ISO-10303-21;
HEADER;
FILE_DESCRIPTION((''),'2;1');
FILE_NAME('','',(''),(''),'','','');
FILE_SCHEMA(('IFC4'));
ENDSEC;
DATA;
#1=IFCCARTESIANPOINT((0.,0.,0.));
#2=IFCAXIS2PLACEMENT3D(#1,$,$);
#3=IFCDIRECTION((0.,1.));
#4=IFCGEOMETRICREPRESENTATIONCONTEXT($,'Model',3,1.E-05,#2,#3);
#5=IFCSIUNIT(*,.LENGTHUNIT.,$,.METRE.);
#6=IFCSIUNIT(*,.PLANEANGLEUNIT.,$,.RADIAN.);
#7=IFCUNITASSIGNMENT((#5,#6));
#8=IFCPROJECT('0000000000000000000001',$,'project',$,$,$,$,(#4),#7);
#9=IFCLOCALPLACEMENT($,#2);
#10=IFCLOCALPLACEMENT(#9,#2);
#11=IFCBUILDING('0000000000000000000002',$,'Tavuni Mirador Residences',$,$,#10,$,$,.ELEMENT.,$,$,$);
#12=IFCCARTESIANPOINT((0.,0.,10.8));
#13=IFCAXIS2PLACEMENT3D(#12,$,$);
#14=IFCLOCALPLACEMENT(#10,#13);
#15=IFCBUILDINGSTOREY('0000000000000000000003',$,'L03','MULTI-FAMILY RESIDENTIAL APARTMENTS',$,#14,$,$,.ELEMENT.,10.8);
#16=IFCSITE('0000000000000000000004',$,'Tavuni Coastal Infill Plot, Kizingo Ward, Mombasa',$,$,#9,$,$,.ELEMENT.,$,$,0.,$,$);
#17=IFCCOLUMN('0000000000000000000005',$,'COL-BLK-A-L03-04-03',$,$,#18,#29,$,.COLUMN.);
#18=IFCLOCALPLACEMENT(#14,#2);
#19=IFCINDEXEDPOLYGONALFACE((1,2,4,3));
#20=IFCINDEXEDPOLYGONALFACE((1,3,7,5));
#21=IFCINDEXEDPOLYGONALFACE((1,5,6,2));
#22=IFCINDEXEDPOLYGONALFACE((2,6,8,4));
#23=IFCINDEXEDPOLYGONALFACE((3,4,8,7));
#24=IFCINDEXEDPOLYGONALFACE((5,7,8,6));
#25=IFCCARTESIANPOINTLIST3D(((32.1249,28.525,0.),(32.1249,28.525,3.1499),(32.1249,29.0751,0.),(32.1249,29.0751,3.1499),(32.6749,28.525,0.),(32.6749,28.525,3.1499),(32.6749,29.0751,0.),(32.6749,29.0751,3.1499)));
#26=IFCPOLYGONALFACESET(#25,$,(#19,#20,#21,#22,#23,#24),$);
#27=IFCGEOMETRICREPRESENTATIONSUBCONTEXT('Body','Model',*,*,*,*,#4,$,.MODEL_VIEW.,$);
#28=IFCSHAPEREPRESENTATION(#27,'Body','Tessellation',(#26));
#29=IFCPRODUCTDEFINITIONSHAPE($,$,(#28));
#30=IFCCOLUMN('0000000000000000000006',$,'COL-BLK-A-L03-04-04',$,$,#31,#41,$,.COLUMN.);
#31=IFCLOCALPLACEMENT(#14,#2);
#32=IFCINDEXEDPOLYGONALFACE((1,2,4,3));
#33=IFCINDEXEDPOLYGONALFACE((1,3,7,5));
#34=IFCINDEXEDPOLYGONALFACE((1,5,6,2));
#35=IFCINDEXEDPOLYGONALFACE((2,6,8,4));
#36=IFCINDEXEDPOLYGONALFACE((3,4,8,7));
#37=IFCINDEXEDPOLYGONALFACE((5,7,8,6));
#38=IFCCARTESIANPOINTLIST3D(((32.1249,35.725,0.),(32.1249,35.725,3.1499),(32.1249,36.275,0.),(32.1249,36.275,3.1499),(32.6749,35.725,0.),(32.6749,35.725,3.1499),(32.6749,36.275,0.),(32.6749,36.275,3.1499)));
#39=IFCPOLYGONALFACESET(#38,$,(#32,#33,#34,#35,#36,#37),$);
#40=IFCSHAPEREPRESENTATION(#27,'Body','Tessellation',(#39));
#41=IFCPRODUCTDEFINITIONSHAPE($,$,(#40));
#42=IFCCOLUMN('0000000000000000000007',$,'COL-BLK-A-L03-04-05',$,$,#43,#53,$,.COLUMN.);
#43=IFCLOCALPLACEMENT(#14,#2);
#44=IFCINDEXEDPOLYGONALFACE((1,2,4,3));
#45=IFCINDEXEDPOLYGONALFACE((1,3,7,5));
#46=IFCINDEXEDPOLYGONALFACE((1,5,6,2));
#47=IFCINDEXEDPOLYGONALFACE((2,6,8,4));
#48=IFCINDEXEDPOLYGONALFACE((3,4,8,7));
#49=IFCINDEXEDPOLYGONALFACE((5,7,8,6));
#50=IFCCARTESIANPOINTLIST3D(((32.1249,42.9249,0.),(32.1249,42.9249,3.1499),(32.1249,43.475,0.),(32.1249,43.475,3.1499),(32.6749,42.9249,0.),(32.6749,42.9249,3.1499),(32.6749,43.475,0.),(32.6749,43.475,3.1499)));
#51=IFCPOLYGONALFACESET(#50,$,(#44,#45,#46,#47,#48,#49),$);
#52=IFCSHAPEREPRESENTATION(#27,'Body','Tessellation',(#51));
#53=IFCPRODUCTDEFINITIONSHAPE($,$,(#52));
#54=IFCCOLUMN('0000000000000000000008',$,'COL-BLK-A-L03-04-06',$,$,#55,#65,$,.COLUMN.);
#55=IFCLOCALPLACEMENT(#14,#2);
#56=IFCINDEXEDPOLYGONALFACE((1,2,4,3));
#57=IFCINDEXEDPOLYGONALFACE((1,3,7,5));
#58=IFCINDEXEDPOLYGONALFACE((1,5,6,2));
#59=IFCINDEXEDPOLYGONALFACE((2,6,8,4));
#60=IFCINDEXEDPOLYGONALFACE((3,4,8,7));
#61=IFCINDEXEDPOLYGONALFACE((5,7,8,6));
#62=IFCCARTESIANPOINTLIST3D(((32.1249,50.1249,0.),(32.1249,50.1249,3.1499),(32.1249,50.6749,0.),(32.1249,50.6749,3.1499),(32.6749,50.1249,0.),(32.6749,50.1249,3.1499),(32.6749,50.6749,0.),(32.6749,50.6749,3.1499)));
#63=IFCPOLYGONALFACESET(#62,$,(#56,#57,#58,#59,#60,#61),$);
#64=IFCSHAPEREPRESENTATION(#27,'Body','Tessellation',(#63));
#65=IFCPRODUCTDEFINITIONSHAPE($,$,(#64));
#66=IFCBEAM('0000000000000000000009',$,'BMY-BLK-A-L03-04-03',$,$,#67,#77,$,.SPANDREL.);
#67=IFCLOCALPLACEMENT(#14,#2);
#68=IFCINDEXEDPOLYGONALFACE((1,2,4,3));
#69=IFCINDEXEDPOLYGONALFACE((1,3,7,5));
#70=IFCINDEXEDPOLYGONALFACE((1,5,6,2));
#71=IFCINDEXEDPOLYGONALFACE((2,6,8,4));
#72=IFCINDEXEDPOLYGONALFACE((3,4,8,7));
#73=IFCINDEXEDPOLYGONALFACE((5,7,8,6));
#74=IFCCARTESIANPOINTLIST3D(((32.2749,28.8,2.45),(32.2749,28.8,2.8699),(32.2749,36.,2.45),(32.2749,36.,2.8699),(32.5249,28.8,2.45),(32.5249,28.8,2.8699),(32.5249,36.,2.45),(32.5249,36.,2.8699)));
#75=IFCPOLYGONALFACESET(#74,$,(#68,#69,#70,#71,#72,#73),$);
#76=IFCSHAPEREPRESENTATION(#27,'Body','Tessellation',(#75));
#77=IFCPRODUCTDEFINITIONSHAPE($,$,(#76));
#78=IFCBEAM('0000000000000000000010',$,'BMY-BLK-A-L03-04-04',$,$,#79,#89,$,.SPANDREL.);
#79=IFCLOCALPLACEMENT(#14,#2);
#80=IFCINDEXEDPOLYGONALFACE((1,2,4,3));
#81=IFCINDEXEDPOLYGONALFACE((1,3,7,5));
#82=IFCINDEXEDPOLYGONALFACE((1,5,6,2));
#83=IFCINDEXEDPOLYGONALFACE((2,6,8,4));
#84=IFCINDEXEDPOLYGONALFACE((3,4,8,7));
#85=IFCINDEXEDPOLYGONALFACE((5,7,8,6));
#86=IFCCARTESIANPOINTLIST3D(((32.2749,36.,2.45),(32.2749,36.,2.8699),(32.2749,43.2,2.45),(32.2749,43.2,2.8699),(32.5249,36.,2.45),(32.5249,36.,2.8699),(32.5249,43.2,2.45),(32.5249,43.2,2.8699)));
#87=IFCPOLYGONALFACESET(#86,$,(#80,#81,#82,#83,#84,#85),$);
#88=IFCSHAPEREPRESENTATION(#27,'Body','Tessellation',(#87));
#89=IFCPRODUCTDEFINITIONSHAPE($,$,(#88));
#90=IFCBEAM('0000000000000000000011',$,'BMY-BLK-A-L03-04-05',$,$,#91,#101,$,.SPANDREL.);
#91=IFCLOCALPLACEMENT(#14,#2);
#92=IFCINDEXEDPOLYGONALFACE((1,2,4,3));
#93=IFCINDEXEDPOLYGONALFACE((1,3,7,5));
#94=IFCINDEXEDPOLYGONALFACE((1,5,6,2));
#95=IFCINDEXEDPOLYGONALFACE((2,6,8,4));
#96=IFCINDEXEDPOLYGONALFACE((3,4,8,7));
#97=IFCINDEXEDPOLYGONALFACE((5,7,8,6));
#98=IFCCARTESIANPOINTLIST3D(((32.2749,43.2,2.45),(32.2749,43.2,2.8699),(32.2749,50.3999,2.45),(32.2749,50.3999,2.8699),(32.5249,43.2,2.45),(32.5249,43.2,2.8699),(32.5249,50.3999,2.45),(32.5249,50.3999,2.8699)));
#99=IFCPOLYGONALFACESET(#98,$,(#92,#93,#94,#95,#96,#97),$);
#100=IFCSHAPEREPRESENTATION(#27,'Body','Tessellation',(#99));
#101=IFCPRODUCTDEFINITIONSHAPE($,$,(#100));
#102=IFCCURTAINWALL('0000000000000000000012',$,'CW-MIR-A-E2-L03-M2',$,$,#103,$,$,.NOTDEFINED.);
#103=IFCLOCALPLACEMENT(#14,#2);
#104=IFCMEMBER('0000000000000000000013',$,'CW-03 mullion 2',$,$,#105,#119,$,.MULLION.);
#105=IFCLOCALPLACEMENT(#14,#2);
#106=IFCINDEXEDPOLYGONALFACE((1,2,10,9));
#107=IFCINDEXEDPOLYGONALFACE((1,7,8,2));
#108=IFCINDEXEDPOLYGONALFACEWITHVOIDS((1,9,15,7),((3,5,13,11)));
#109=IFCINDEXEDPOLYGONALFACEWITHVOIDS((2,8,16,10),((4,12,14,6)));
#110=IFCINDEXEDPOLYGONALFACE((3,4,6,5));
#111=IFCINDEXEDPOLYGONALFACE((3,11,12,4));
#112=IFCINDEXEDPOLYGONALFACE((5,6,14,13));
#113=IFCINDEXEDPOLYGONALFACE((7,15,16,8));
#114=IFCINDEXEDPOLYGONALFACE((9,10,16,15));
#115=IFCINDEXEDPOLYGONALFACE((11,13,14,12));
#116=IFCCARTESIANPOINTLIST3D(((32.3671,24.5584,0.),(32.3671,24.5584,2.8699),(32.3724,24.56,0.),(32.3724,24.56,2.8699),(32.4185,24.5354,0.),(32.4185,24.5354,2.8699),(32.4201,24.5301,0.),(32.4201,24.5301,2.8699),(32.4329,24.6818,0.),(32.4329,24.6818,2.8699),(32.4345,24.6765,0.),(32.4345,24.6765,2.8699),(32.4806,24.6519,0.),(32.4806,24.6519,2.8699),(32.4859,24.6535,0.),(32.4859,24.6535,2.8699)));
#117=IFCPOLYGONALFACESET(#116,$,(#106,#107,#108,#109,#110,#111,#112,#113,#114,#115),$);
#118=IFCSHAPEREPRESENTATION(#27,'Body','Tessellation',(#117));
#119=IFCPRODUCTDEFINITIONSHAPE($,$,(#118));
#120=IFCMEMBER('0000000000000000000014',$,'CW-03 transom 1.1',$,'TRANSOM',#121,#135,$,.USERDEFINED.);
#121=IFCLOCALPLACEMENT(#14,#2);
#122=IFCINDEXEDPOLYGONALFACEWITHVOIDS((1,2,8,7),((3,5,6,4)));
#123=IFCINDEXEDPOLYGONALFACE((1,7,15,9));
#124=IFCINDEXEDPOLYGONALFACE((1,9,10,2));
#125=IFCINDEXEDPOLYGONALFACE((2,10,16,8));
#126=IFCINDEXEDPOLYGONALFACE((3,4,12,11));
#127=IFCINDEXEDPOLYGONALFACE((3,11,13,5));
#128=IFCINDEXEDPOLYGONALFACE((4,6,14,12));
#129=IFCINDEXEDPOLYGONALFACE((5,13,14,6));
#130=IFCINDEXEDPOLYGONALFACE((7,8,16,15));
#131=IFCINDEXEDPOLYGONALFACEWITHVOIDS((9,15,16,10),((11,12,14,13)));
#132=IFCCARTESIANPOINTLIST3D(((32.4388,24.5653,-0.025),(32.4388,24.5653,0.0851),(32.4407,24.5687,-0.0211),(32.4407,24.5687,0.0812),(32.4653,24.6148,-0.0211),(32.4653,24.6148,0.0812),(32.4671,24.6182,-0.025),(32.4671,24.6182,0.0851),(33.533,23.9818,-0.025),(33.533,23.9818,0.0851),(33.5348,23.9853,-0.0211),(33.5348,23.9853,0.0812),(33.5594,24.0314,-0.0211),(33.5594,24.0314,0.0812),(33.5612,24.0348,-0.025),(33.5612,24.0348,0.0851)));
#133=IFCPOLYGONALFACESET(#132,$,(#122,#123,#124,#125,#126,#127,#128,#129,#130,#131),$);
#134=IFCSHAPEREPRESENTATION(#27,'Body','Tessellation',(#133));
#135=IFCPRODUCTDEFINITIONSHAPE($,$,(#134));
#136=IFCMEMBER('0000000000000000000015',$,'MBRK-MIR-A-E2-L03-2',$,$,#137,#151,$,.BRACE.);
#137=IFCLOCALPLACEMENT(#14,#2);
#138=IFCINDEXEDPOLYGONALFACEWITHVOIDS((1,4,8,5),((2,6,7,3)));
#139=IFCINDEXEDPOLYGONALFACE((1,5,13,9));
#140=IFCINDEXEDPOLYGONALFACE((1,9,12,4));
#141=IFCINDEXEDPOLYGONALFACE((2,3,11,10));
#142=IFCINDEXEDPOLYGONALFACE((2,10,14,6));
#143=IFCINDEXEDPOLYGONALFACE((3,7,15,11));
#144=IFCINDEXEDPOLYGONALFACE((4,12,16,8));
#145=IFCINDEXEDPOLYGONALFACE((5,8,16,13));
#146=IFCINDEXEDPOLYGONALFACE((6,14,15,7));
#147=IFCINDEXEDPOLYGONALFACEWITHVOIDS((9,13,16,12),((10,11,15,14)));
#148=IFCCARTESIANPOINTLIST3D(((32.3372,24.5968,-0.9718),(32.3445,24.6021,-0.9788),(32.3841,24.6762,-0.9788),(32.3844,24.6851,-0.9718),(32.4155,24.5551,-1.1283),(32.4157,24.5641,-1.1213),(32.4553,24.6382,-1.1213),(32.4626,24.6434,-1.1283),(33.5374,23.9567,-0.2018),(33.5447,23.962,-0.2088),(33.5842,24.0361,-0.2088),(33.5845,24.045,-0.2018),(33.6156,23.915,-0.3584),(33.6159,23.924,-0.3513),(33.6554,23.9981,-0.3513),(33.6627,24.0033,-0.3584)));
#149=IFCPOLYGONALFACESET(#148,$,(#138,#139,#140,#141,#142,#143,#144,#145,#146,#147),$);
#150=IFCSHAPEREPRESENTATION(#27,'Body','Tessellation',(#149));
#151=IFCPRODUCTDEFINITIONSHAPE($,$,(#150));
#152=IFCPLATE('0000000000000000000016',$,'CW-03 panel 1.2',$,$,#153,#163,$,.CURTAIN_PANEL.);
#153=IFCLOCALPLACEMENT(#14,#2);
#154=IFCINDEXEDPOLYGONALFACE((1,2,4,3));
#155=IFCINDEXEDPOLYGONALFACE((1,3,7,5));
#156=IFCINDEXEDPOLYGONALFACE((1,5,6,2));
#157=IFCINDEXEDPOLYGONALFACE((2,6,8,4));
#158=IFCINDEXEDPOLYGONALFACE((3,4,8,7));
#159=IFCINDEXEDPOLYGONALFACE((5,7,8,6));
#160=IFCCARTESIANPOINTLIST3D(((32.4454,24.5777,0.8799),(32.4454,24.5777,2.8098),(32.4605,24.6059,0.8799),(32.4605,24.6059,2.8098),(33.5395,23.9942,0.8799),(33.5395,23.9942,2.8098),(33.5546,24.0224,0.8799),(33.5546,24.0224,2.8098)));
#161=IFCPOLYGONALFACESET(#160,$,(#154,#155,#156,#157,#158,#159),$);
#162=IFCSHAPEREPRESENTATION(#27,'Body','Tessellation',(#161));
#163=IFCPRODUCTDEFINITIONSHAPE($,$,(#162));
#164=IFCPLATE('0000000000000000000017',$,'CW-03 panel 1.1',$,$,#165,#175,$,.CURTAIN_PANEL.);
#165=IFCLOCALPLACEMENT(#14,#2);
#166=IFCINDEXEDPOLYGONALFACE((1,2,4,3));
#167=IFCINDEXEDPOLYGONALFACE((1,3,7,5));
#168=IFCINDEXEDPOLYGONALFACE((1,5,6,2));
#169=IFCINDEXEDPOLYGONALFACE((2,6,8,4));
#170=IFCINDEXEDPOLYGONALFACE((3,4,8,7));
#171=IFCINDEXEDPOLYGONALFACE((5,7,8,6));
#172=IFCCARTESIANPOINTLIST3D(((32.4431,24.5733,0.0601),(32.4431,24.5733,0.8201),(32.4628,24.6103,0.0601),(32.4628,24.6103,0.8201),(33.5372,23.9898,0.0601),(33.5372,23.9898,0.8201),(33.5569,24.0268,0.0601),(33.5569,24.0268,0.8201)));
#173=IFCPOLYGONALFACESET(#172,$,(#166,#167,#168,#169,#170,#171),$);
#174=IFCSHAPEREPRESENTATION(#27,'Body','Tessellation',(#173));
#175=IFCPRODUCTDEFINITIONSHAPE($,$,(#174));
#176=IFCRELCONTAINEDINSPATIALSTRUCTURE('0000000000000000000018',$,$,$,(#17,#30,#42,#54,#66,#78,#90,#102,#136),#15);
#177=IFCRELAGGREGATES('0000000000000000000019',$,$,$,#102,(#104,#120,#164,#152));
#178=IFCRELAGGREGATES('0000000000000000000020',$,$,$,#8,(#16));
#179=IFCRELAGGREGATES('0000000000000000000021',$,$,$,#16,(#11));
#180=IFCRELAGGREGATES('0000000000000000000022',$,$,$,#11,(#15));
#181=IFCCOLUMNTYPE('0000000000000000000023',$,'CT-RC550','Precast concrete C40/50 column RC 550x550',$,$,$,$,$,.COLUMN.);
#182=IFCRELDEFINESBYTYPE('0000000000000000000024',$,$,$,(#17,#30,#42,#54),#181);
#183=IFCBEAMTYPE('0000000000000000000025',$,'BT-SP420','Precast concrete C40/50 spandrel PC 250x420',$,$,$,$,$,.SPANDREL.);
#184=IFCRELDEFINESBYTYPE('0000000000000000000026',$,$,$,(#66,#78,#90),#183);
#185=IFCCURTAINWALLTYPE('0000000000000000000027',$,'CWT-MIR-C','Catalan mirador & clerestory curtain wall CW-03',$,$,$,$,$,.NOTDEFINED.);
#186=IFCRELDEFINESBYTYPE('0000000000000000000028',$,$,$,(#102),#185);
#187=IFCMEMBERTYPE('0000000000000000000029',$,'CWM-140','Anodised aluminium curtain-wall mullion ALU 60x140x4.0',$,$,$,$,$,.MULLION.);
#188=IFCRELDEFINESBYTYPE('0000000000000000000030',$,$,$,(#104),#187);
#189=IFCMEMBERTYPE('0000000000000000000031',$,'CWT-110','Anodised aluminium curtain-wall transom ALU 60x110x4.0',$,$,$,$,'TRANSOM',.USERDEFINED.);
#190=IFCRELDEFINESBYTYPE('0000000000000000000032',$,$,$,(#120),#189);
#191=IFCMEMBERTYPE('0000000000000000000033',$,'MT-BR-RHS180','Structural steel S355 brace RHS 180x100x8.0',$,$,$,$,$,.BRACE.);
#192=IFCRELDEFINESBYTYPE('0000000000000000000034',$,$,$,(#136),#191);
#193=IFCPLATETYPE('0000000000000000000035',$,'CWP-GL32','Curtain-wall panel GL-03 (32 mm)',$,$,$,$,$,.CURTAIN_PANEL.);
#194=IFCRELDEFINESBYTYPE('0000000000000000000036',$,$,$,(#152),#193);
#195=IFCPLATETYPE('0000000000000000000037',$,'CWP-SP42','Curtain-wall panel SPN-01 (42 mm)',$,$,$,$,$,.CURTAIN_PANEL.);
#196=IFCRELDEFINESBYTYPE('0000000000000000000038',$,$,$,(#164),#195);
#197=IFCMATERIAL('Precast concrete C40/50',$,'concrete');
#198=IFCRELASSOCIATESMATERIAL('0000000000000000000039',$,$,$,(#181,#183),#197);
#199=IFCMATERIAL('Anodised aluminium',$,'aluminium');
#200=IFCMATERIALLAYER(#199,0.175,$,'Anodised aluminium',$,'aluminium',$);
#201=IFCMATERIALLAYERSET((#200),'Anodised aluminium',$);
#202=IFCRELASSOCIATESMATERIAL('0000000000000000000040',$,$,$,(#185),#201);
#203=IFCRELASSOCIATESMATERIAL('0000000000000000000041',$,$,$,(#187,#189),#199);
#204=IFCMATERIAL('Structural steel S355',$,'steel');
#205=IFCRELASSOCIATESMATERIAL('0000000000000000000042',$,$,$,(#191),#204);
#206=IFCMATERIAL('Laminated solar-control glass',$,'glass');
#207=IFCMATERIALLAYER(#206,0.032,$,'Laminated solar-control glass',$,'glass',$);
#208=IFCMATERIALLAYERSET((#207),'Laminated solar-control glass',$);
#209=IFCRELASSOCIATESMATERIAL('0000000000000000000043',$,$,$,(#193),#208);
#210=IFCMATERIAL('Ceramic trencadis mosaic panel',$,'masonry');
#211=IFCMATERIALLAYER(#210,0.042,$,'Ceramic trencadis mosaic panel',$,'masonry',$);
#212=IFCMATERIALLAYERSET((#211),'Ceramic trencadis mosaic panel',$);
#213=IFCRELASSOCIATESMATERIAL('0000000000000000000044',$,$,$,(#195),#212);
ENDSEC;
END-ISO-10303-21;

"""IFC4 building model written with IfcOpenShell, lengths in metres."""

from ifc_helpers import new_model, si_unit, direction, frame, origin, origin_2d, place, context, subcontext, project, spatial, rectangle, hollow_rectangle, extrude, material, layer, layer_set, material_profile, profile_set, type_object, element, aggregate, save


model = new_model("IFC4")

# Units and contexts
model_context = context("Model", 3, precision=1e-05, world=origin(), true_north=direction((0.0, 1.0)))
body_context = subcontext(model_context, "Body", "Model", "MODEL_VIEW")
ifc_project = project(units=[si_unit("LENGTHUNIT", "METRE"), si_unit("PLANEANGLEUNIT", "RADIAN")], contexts=[model_context])

# Site, building, storey
site_placement = place(None, origin())
site = spatial("IfcSite", under=ifc_project, at=site_placement, Name="Tavuni Coastal Infill Plot, Kizingo Ward, Mombasa", CompositionType="ELEMENT", RefElevation=0.0)
building_placement = place(site_placement, origin())
building = spatial("IfcBuilding", under=site, at=building_placement, Name="Tavuni Mirador Residences", CompositionType="ELEMENT")
storey_placement = place(building_placement, frame((0.0, 0.0, 10.8)))
storey = spatial("IfcBuildingStorey", under=building, at=storey_placement, Name="L03", Description="MULTI-FAMILY RESIDENTIAL APARTMENTS", CompositionType="ELEMENT", Elevation=10.8)

# Columns
ifc_material_1 = material(Name="Precast concrete C40/50", Category="concrete")
ifc_material_profile_1 = material_profile(ifc_material_1, rectangle(XDim=0.55, YDim=0.55, at=origin_2d()), Name="RC 550x550", Category="concrete")
ifc_profile_set_1 = profile_set([ifc_material_profile_1], Name="Precast concrete C40/50")
column_type = type_object("IfcColumnType", Name="CT-RC550", Description="Precast concrete C40/50 column RC 550x550", PredefinedType="COLUMN", material=ifc_profile_set_1)
for number, where, z_axis, x_axis, name in (
    (1, (32.3999, 28.8, 0.0), (0.0, 0.0, 1.0), (1.0, 0.0, 0.0), "COL-BLK-A-L03-04-03"),
    (2, (32.3999, 36.0, 0.0), (0.0, 0.0, 1.0), (1.0, 0.0, 0.0), "COL-BLK-A-L03-04-04"),
    (3, (32.3999, 43.2, 0.0), (0.0, 0.0, 1.0), (1.0, 0.0, 0.0), "COL-BLK-A-L03-04-05"),
    (4, (32.3999, 50.3999, 0.0), (0.0, 0.0, 1.0), (1.0, 0.0, 0.0), "COL-BLK-A-L03-04-06"),
):
    element("IfcColumn", number, at=place(storey_placement, frame(where, z_axis=z_axis, x_axis=x_axis)), inside=storey, type_object=column_type, Name=name, PredefinedType="COLUMN", context=body_context, shape_type="SweptSolid", body=[
        extrude(rectangle(XDim=0.55, YDim=0.55, at=origin_2d()), origin(), (0.0, 0.0, 1.0), 3.1499),
    ])

# Beams
ifc_material_profile_2 = material_profile(ifc_material_1, rectangle(XDim=0.25, YDim=0.4199, at=origin_2d()), Name="PC 250x420", Category="concrete")
ifc_profile_set_2 = profile_set([ifc_material_profile_2], Name="Precast concrete C40/50")
beam_type = type_object("IfcBeamType", Name="BT-SP420", Description="Precast concrete C40/50 spandrel PC 250x420", PredefinedType="SPANDREL", material=ifc_profile_set_2)
for number, where, z_axis, x_axis, name in (
    (5, (32.3999, 28.8, 2.6599), (0.0, 1.0, 0.0), (-1.0, 0.0, 0.0), "BMY-BLK-A-L03-04-03"),
    (6, (32.3999, 36.0, 2.6599), (0.0, 1.0, 0.0), (-1.0, 0.0, 0.0), "BMY-BLK-A-L03-04-04"),
    (7, (32.3999, 43.2, 2.6599), (0.0, 1.0, 0.0), (-1.0, 0.0, 0.0), "BMY-BLK-A-L03-04-05"),
):
    element("IfcBeam", number, at=place(storey_placement, frame(where, z_axis=z_axis, x_axis=x_axis)), inside=storey, type_object=beam_type, Name=name, PredefinedType="SPANDREL", context=body_context, shape_type="SweptSolid", body=[
        extrude(rectangle(XDim=0.25, YDim=0.4199, at=origin_2d()), origin(), (0.0, 0.0, 1.0), 7.2),
    ])

# Curtain wall, members
ifc_material_2 = material(Name="Anodised aluminium", Category="aluminium")
ifc_layer_1 = layer(ifc_material_2, 0.175, Name="Anodised aluminium", Category="aluminium")
ifc_layer_set_1 = layer_set([ifc_layer_1], Name="Anodised aluminium")
curtain_wall_type = type_object("IfcCurtainWallType", Name="CWT-MIR-C", Description="Catalan mirador & clerestory curtain wall CW-03", PredefinedType="NOTDEFINED", material=ifc_layer_set_1)
curtain_wall_placement = place(storey_placement, origin())
curtain_wall = element("IfcCurtainWall", 8, at=curtain_wall_placement, inside=storey, type_object=curtain_wall_type, Name="CW-MIR-A-E2-L03-M2", PredefinedType="NOTDEFINED")
ifc_material_profile_3 = material_profile(ifc_material_2, hollow_rectangle(XDim=0.0601, YDim=0.1399, WallThickness=0.0039, at=origin_2d()), Name="ALU 60x140x4.0", Category="aluminium")
ifc_profile_set_3 = profile_set([ifc_material_profile_3], Name="Anodised aluminium")
member_type_1 = type_object("IfcMemberType", Name="CWM-140", Description="Anodised aluminium curtain-wall mullion ALU 60x140x4.0", PredefinedType="MULLION", material=ifc_profile_set_3)
member_1_placement = place(storey_placement, frame((32.4265, 24.606, 0.0), z_axis=(0.0, 0.0, 1.0), x_axis=(-0.882353, 0.470588, 0.0)))
member_1 = element("IfcMember", 9, at=member_1_placement, type_object=member_type_1, Name="CW-03 mullion 2", PredefinedType="MULLION", context=body_context, shape_type="SweptSolid", body=[
    extrude(hollow_rectangle(XDim=0.0601, YDim=0.1399, WallThickness=0.0039, at=origin_2d()), origin(), (0.0, 0.0, 1.0), 2.8699),
])
ifc_material_profile_4 = material_profile(ifc_material_2, hollow_rectangle(XDim=0.0601, YDim=0.1101, WallThickness=0.0039, at=origin_2d()), Name="ALU 60x110x4.0", Category="aluminium")
ifc_profile_set_4 = profile_set([ifc_material_profile_4], Name="Anodised aluminium")
member_type_2 = type_object("IfcMemberType", Name="CWT-110", Description="Anodised aluminium curtain-wall transom ALU 60x110x4.0", ElementType="TRANSOM", PredefinedType="USERDEFINED", material=ifc_profile_set_4)
member_2_placement = place(storey_placement, frame((33.5471, 24.0083, 0.03), z_axis=(-0.882386, 0.470527, 0.0), x_axis=(-0.470527, -0.882386, 0.0)))
member_2 = element("IfcMember", 10, at=member_2_placement, type_object=member_type_2, Name="CW-03 transom 1.1", ObjectType="TRANSOM", PredefinedType="USERDEFINED", context=body_context, shape_type="SweptSolid", body=[
    extrude(hollow_rectangle(XDim=0.0601, YDim=0.1101, WallThickness=0.0039, at=origin_2d()), origin(), (0.0, 0.0, 1.0), 1.24),
])

# Member
ifc_material_3 = material(Name="Structural steel S355", Category="steel")
ifc_material_profile_5 = material_profile(ifc_material_3, hollow_rectangle(XDim=0.1001, YDim=0.1799, WallThickness=0.0081, at=origin_2d()), Name="RHS 180x100x8.0", Category="steel")
ifc_profile_set_5 = profile_set([ifc_material_profile_5], Name="Structural steel S355")
member_type_3 = type_object("IfcMemberType", Name="MT-BR-RHS180", Description="Structural steel S355 brace RHS 180x100x8.0", PredefinedType="BRACE", material=ifc_profile_set_5)
member_3_placement = place(storey_placement, frame((32.3999, 24.6201, -1.05), z_axis=(0.767847, -0.409539, 0.492634), x_axis=(0.470607, 0.882343, 0.0)))
element("IfcMember", 11, at=member_3_placement, inside=storey, type_object=member_type_3, Name="MBRK-MIR-A-E2-L03-2", PredefinedType="BRACE", context=body_context, shape_type="SweptSolid", body=[
    extrude(hollow_rectangle(XDim=0.1001, YDim=0.1799, WallThickness=0.0081, at=origin_2d()), origin(), (0.0, 0.0, 1.0), 1.563),
])

# Plates
ifc_material_4 = material(Name="Laminated solar-control glass", Category="glass")
ifc_layer_2 = layer(ifc_material_4, 0.032, Name="Laminated solar-control glass", Category="glass")
ifc_layer_set_2 = layer_set([ifc_layer_2], Name="Laminated solar-control glass")
plate_type_1 = type_object("IfcPlateType", Name="CWP-GL32", Description="Curtain-wall panel GL-03 (32 mm)", PredefinedType="CURTAIN_PANEL", material=ifc_layer_set_2)
plate_1_placement = place(storey_placement, frame((33.0, 24.3, 0.8799), z_axis=(0.0, 0.0, 1.0), x_axis=(-0.882353, 0.470588, 0.0)))
plate_1 = element("IfcPlate", 12, at=plate_1_placement, type_object=plate_type_1, Name="CW-03 panel 1.2", PredefinedType="CURTAIN_PANEL", context=body_context, shape_type="SweptSolid", body=[
    extrude(rectangle(XDim=1.24, YDim=0.032, at=origin_2d()), origin(), (0.0, 0.0, 1.0), 1.9299),
])
ifc_material_5 = material(Name="Ceramic trencadis mosaic panel", Category="masonry")
ifc_layer_3 = layer(ifc_material_5, 0.042, Name="Ceramic trencadis mosaic panel", Category="masonry")
ifc_layer_set_3 = layer_set([ifc_layer_3], Name="Ceramic trencadis mosaic panel")
plate_type_2 = type_object("IfcPlateType", Name="CWP-SP42", Description="Curtain-wall panel SPN-01 (42 mm)", PredefinedType="CURTAIN_PANEL", material=ifc_layer_set_3)
plate_2_placement = place(storey_placement, frame((33.0, 24.3, 0.0601), z_axis=(0.0, 0.0, 1.0), x_axis=(-0.882353, 0.470588, 0.0)))
plate_2 = element("IfcPlate", 13, at=plate_2_placement, type_object=plate_type_2, Name="CW-03 panel 1.1", PredefinedType="CURTAIN_PANEL", context=body_context, shape_type="SweptSolid", body=[
    extrude(rectangle(XDim=1.24, YDim=0.042, at=origin_2d()), origin(), (0.0, 0.0, 1.0), 0.76),
])
aggregate(curtain_wall, [member_1, member_2, plate_2, plate_1])

save(model, "model.ifc")
